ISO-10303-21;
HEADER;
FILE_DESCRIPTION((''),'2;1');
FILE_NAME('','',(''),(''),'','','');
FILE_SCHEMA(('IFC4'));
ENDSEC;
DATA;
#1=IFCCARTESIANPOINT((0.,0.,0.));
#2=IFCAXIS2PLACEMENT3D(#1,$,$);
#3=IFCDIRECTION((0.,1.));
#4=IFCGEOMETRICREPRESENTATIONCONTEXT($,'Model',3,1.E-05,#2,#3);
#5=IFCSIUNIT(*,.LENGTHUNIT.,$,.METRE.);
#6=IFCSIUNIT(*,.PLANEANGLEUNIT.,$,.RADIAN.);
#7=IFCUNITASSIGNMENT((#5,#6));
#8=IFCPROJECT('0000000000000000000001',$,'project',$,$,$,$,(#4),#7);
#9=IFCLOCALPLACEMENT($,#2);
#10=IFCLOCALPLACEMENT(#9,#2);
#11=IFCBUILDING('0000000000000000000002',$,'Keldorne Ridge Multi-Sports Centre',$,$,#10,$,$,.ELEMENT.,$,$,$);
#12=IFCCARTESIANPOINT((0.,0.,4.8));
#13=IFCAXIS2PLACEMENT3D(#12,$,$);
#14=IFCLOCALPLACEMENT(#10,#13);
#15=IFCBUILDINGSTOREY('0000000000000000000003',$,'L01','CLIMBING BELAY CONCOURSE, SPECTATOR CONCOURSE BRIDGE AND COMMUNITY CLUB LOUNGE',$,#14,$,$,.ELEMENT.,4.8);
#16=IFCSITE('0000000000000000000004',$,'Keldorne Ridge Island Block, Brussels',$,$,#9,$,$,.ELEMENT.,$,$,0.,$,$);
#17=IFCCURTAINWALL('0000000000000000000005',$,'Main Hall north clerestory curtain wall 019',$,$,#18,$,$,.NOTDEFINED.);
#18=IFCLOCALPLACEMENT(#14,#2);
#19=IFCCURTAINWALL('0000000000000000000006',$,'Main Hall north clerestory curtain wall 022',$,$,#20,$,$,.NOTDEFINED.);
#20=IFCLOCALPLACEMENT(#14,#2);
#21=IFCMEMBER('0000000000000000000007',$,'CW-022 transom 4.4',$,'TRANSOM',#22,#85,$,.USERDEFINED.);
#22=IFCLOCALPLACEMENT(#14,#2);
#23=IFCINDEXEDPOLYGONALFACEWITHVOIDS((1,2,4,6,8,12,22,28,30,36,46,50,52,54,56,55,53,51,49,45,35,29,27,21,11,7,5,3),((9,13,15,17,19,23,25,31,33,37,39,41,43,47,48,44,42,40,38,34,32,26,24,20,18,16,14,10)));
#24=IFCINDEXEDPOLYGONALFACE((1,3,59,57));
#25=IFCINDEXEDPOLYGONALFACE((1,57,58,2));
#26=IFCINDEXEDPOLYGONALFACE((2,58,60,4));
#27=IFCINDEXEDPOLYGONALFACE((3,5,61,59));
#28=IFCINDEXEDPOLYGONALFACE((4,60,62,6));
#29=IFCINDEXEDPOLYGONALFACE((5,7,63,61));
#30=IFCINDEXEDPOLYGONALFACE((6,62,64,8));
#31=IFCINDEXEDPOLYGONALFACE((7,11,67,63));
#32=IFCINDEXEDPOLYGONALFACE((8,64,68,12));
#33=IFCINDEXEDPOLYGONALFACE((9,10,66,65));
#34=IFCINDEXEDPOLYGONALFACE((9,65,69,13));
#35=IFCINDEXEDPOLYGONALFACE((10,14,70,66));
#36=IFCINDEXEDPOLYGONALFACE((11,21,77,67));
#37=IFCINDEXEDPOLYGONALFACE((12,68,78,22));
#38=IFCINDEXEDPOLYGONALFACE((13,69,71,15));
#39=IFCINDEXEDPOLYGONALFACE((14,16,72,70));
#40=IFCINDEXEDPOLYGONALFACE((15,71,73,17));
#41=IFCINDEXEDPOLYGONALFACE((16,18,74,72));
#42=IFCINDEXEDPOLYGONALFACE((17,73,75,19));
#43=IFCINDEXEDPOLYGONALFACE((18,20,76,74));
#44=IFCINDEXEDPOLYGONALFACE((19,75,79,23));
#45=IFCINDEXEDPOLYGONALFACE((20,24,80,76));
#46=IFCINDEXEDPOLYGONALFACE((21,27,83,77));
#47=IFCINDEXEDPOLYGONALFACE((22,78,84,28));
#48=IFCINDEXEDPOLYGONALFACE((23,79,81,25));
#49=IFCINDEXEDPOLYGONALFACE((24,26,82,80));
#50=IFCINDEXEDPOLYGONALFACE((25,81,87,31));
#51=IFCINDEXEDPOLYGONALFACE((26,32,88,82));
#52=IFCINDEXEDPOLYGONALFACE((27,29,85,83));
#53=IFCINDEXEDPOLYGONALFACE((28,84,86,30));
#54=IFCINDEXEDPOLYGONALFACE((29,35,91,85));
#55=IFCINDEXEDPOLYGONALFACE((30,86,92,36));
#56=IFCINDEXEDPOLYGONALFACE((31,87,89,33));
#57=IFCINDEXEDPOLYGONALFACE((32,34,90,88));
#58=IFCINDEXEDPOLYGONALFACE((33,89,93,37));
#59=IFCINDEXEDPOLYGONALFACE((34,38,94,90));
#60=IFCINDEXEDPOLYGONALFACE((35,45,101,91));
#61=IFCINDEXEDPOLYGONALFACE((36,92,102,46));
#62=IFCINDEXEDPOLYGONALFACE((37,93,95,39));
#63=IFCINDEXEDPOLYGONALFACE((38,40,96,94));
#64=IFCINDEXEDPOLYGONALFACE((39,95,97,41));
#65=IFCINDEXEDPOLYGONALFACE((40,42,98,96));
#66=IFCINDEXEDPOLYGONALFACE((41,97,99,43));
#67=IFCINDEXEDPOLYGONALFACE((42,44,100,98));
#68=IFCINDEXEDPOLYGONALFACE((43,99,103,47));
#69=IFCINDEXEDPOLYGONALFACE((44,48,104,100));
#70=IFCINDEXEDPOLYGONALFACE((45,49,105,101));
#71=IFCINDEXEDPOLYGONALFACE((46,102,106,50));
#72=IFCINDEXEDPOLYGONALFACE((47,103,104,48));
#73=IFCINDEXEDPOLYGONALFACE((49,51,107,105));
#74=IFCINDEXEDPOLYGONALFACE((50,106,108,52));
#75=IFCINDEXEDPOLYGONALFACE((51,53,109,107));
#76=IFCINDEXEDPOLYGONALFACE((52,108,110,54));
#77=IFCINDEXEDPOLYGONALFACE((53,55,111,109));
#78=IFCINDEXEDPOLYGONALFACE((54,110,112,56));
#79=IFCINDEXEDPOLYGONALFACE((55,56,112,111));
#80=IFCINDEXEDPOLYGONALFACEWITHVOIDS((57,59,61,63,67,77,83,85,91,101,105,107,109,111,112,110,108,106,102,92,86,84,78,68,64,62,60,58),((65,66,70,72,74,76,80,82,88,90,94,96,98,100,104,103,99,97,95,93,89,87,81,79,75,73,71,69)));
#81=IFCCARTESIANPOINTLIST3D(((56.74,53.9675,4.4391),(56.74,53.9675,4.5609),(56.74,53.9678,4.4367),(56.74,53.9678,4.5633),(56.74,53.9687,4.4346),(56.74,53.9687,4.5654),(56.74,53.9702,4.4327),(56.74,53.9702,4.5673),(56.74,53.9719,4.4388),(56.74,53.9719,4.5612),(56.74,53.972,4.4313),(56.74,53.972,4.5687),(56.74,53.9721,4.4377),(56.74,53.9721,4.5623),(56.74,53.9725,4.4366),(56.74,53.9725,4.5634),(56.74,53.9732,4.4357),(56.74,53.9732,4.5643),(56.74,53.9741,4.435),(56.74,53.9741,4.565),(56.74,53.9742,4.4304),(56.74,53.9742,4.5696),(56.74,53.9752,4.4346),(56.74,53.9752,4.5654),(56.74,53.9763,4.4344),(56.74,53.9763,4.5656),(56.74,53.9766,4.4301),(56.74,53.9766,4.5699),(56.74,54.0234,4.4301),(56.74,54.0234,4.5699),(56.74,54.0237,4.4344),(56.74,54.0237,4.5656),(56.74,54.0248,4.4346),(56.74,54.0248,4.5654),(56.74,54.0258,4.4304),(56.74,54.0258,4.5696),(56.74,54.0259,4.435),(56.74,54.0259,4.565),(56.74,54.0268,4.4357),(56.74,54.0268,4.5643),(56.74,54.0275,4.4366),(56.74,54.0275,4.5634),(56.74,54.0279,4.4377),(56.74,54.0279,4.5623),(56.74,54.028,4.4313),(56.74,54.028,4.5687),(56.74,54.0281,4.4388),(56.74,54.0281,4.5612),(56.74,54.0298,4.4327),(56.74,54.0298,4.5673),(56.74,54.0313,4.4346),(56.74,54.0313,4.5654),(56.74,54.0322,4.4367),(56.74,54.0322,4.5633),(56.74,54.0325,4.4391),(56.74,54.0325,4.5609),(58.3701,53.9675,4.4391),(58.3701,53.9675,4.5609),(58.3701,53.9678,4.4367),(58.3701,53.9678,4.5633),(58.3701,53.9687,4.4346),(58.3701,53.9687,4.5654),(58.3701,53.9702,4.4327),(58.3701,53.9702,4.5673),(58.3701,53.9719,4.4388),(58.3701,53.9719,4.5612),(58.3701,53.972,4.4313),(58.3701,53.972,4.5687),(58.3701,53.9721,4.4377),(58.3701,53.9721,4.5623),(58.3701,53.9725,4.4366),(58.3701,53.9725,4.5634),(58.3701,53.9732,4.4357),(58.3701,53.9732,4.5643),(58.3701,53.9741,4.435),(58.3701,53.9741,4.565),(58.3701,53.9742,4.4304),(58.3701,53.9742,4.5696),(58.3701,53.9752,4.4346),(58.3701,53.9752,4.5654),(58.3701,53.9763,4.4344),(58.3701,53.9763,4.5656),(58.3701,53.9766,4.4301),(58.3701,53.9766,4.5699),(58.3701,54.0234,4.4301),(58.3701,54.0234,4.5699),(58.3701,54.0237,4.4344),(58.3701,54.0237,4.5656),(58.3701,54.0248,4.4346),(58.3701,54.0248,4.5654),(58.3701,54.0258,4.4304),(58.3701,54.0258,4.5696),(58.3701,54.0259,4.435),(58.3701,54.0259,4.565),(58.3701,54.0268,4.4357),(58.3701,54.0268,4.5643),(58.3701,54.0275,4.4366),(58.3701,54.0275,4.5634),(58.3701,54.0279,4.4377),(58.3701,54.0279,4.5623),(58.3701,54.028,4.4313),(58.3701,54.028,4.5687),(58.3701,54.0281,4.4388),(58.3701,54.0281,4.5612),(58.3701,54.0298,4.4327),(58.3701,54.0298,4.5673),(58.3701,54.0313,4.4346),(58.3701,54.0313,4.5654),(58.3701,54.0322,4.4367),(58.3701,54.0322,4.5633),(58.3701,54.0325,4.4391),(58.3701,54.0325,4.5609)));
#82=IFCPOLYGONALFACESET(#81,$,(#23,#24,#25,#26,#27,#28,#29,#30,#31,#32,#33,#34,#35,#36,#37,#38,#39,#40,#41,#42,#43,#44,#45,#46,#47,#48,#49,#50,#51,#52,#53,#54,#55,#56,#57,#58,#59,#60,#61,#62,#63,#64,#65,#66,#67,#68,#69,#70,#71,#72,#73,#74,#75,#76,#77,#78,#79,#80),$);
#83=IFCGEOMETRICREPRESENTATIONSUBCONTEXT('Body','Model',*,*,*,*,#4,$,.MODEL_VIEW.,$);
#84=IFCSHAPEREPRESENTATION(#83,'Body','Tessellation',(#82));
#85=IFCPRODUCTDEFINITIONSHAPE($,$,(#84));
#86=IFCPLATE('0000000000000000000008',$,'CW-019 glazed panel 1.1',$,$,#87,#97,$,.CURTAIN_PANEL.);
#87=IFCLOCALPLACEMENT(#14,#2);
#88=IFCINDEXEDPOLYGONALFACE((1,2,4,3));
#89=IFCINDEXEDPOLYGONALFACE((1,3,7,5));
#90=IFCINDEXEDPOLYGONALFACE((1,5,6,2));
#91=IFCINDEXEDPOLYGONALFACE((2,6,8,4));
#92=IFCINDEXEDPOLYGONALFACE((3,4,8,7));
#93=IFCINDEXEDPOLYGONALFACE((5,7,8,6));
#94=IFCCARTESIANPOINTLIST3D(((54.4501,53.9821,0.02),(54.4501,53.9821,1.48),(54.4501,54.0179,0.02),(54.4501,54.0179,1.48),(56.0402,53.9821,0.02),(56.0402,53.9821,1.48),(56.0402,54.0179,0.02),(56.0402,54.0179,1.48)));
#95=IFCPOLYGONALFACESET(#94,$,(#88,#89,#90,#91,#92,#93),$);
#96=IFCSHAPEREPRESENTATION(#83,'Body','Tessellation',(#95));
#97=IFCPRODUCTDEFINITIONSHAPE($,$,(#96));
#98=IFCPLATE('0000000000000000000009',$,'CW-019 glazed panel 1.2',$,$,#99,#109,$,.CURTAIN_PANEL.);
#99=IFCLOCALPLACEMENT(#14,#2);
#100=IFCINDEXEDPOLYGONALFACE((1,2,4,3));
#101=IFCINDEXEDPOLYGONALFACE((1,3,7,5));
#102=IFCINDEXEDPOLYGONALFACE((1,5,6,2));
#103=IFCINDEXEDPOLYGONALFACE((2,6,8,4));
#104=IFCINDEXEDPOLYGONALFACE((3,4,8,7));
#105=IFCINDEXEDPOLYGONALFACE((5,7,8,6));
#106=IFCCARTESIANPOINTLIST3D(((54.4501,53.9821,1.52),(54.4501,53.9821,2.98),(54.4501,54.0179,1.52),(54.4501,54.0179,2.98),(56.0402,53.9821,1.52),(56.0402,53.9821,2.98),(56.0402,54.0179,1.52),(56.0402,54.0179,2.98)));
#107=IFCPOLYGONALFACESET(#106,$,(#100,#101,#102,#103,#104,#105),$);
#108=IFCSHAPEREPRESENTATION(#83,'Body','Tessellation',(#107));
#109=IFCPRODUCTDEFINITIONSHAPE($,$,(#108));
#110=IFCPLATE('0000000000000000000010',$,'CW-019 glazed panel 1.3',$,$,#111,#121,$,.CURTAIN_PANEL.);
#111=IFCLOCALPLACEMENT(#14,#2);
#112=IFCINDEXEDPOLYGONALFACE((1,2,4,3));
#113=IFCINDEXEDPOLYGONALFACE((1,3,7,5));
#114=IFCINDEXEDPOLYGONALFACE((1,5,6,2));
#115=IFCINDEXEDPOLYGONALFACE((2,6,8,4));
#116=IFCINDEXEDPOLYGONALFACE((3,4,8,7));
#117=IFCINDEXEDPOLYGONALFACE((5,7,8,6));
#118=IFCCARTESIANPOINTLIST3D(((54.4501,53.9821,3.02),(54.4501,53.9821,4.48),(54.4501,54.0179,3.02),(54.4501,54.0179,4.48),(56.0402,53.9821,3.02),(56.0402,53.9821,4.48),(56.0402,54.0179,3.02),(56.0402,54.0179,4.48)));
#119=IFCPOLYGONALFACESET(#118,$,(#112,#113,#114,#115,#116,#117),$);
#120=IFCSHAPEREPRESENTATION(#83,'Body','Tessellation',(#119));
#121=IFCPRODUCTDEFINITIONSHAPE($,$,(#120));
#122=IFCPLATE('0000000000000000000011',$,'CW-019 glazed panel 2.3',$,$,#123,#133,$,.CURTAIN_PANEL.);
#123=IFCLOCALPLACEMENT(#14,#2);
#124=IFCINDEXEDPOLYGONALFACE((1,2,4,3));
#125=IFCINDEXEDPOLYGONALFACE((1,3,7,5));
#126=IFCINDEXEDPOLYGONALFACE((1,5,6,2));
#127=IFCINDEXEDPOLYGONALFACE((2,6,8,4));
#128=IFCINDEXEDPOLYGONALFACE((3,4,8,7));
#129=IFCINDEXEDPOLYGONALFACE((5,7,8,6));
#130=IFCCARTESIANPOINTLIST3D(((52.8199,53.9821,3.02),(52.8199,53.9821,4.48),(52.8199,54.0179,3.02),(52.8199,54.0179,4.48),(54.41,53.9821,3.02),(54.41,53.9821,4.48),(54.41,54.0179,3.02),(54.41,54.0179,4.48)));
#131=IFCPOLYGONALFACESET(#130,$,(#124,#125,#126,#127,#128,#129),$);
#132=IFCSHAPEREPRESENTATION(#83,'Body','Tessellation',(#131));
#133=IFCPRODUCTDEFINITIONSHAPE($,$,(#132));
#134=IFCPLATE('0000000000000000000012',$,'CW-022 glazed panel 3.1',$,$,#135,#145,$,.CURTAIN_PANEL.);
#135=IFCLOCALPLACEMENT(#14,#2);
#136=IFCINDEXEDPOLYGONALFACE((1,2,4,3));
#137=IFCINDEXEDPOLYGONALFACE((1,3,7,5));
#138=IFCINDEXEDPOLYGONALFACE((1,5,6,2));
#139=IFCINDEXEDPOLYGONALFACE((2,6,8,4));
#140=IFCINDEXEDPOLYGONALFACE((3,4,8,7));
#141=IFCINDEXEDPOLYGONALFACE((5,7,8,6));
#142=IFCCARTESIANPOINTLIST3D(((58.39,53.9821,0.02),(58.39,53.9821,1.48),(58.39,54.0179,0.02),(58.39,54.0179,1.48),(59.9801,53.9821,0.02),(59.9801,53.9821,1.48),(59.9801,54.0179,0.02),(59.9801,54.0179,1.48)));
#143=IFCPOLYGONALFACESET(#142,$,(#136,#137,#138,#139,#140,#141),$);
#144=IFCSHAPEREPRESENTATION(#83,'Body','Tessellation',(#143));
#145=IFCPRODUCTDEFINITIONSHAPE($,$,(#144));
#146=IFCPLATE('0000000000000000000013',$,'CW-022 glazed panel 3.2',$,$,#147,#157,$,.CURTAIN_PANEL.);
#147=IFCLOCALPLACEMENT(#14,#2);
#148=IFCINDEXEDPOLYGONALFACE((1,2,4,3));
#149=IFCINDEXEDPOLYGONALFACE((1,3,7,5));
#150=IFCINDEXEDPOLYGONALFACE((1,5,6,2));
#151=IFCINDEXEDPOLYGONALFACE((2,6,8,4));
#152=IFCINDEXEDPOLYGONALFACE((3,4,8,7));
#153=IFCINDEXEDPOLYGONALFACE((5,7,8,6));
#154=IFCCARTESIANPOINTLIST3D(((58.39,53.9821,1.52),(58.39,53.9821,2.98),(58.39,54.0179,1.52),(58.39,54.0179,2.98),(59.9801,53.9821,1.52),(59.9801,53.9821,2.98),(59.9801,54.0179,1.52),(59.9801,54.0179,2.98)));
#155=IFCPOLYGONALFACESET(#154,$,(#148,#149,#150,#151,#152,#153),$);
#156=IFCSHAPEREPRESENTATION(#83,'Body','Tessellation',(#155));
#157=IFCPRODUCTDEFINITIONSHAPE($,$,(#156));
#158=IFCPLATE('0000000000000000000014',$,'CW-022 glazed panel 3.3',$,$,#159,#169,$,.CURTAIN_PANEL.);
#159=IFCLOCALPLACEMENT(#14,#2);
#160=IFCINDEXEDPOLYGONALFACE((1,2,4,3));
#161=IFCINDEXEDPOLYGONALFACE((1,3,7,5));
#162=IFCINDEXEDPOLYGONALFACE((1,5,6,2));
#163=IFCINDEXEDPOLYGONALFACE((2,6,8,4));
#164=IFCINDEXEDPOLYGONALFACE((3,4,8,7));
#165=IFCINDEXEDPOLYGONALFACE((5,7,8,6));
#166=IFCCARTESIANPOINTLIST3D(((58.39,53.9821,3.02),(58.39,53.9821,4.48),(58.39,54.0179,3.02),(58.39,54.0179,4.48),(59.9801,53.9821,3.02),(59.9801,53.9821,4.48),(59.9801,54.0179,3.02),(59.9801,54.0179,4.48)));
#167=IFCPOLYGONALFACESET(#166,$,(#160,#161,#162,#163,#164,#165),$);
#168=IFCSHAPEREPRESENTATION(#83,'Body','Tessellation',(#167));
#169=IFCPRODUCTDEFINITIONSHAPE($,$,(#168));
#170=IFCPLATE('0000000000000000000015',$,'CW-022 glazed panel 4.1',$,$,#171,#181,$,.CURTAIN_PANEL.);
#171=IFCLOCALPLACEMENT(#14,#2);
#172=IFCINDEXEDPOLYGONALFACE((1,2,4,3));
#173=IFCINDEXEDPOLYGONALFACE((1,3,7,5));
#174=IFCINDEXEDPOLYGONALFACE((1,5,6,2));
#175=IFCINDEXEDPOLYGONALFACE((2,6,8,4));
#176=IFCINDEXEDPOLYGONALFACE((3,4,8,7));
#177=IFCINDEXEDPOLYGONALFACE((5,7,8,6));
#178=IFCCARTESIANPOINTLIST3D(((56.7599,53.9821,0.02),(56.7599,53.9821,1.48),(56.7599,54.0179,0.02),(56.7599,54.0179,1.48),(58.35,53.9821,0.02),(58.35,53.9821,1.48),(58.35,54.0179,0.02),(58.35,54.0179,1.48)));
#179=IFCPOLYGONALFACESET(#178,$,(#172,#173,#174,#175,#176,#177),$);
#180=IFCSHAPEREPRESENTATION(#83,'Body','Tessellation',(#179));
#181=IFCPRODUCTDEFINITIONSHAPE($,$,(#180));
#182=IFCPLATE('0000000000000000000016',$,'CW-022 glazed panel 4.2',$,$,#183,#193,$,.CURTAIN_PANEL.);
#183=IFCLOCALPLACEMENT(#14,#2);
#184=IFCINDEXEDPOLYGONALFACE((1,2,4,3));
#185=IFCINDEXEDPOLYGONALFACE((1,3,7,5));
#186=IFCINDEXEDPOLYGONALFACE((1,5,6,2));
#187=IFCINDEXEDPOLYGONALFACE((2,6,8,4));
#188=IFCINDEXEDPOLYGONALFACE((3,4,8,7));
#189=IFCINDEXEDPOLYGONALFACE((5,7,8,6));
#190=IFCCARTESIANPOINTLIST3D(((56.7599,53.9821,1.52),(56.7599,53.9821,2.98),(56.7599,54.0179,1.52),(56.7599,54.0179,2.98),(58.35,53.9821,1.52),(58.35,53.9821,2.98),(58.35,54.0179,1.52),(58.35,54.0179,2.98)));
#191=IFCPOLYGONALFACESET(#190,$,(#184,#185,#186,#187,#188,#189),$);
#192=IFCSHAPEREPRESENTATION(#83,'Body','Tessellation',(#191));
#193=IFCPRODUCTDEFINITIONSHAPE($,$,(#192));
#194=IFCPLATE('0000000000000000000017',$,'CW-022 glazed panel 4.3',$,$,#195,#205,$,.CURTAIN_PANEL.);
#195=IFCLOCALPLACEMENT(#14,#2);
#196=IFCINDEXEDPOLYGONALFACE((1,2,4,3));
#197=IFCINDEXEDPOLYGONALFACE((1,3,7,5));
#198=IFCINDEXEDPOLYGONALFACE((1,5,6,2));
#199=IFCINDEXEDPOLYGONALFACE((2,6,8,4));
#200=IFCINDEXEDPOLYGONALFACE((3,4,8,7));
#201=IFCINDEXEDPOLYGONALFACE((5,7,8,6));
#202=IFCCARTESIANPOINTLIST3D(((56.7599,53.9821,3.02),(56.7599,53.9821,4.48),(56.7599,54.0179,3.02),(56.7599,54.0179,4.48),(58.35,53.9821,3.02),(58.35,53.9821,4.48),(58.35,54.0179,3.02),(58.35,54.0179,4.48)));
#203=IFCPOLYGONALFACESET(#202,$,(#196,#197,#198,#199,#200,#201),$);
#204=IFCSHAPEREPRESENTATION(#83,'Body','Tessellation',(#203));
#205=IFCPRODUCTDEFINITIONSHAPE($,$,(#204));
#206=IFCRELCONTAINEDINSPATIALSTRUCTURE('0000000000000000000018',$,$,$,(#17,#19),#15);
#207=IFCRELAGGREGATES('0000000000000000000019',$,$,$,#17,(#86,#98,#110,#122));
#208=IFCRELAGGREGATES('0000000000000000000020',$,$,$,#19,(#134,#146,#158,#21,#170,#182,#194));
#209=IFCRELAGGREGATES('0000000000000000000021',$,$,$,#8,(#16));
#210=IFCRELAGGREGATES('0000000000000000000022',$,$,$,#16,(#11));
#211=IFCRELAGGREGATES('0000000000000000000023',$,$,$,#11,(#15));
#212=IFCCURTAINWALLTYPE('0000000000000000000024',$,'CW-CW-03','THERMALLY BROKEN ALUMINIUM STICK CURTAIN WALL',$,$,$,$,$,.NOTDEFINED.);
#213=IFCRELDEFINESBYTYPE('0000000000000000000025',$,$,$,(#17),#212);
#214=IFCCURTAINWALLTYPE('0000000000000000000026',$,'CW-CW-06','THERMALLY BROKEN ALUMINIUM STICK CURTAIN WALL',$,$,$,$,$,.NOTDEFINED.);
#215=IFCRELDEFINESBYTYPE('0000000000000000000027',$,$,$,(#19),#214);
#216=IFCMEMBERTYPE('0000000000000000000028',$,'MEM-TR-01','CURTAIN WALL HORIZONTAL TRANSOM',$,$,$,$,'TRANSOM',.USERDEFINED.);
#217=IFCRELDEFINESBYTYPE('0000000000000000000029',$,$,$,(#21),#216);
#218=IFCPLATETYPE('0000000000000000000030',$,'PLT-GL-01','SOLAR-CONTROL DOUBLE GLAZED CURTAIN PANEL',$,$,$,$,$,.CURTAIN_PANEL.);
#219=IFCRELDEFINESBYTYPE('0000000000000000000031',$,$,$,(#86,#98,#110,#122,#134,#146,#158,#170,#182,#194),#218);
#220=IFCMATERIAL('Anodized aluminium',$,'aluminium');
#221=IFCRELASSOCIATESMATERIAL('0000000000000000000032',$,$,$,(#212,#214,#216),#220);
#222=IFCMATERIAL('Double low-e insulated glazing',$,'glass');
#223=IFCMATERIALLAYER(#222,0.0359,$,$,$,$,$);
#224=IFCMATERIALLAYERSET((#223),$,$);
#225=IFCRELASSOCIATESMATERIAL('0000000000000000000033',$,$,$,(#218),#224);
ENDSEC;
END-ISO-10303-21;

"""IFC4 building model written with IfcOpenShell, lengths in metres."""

from ifc_helpers import new_model, si_unit, direction, frame, origin, origin_2d, place, context, subcontext, project, spatial, rectangle, hollow_rectangle, extrude, material, layer, layer_set, material_profile, profile_set, type_object, element, aggregate, save


model = new_model("IFC4")

# Units and contexts
model_context = context("Model", 3, precision=1e-05, world=origin(), true_north=direction((0.0, 1.0)))
body_context = subcontext(model_context, "Body", "Model", "MODEL_VIEW")
ifc_project = project(units=[si_unit("LENGTHUNIT", "METRE"), si_unit("PLANEANGLEUNIT", "RADIAN")], contexts=[model_context])

# Site, building, storey
site_placement = place(None, origin())
site = spatial("IfcSite", under=ifc_project, at=site_placement, Name="Keldorne Ridge Island Block, Brussels", CompositionType="ELEMENT", RefElevation=0.0)
building_placement = place(site_placement, origin())
building = spatial("IfcBuilding", under=site, at=building_placement, Name="Keldorne Ridge Multi-Sports Centre", CompositionType="ELEMENT")
storey_placement = place(building_placement, frame((0.0, 0.0, 4.8)))
storey = spatial("IfcBuildingStorey", under=building, at=storey_placement, Name="L01", Description="CLIMBING BELAY CONCOURSE, SPECTATOR CONCOURSE BRIDGE AND COMMUNITY CLUB LOUNGE", CompositionType="ELEMENT", Elevation=4.8)

# Curtain walls
ifc_material_1 = material(Name="Anodized aluminium", Category="aluminium")
curtain_wall_type_1 = type_object("IfcCurtainWallType", Name="CW-CW-03", Description="THERMALLY BROKEN ALUMINIUM STICK CURTAIN WALL", PredefinedType="NOTDEFINED", material=ifc_material_1)
curtain_wall_1_placement = place(storey_placement, origin())
curtain_wall_1 = element("IfcCurtainWall", 1, at=curtain_wall_1_placement, inside=storey, type_object=curtain_wall_type_1, Name="Main Hall north clerestory curtain wall 019", PredefinedType="NOTDEFINED")
curtain_wall_type_2 = type_object("IfcCurtainWallType", Name="CW-CW-06", Description="THERMALLY BROKEN ALUMINIUM STICK CURTAIN WALL", PredefinedType="NOTDEFINED", material=ifc_material_1)
curtain_wall_2_placement = place(storey_placement, origin())
curtain_wall_2 = element("IfcCurtainWall", 2, at=curtain_wall_2_placement, inside=storey, type_object=curtain_wall_type_2, Name="Main Hall north clerestory curtain wall 022", PredefinedType="NOTDEFINED")

# Member
ifc_material_profile_1 = material_profile(ifc_material_1, hollow_rectangle(XDim=0.0649, YDim=0.1399, WallThickness=0.0044, InnerFilletRadius=0.0044, OuterFilletRadius=0.009, at=origin_2d()), Name="ALU TRANSOM 140x65x4.5")
ifc_profile_set_1 = profile_set([ifc_material_profile_1], Name="Anodized aluminium")
member_type_1 = type_object("IfcMemberType", Name="MEM-TR-01", Description="CURTAIN WALL HORIZONTAL TRANSOM", ElementType="TRANSOM", PredefinedType="USERDEFINED", material=ifc_profile_set_1)
member_1_placement = place(storey_placement, frame((58.3701, 54.0, 4.5), z_axis=(-1.0, 0.0, 0.0), x_axis=(0.0, -1.0, 0.0)))
member_1 = element("IfcMember", 3, at=member_1_placement, type_object=member_type_1, Name="CW-022 transom 4.4", ObjectType="TRANSOM", PredefinedType="USERDEFINED", context=body_context, shape_type="SweptSolid", body=[
    extrude(hollow_rectangle(XDim=0.0649, YDim=0.1399, WallThickness=0.0044, InnerFilletRadius=0.0044, OuterFilletRadius=0.009, at=origin_2d()), origin(), (0.0, 0.0, 1.0), 1.6301),
])

# Plates
ifc_material_2 = material(Name="Double low-e insulated glazing", Category="glass")
ifc_layer = layer(ifc_material_2, 0.0359)
ifc_layer_set = layer_set([ifc_layer])
plate_type = type_object("IfcPlateType", Name="PLT-GL-01", Description="SOLAR-CONTROL DOUBLE GLAZED CURTAIN PANEL", PredefinedType="CURTAIN_PANEL", material=ifc_layer_set)
plate_1_placement = place(storey_placement, frame((55.2451, 54.0, 0.02), z_axis=(0.0, 0.0, 1.0), x_axis=(-1.0, 0.0, 0.0)))
plate_1 = element("IfcPlate", 4, at=plate_1_placement, type_object=plate_type, Name="CW-019 glazed panel 1.1", PredefinedType="CURTAIN_PANEL", context=body_context, shape_type="SweptSolid", body=[
    extrude(rectangle(XDim=1.5901, YDim=0.0359, at=origin_2d()), origin(), (0.0, 0.0, 1.0), 1.46),
])
plate_2_placement = place(storey_placement, frame((55.2451, 54.0, 1.52), z_axis=(0.0, 0.0, 1.0), x_axis=(-1.0, 0.0, 0.0)))
plate_2 = element("IfcPlate", 5, at=plate_2_placement, type_object=plate_type, Name="CW-019 glazed panel 1.2", PredefinedType="CURTAIN_PANEL", context=body_context, shape_type="SweptSolid", body=[
    extrude(rectangle(XDim=1.5901, YDim=0.0359, at=origin_2d()), origin(), (0.0, 0.0, 1.0), 1.46),
])
plate_3_placement = place(storey_placement, frame((55.2451, 54.0, 3.02), z_axis=(0.0, 0.0, 1.0), x_axis=(-1.0, 0.0, 0.0)))
plate_3 = element("IfcPlate", 6, at=plate_3_placement, type_object=plate_type, Name="CW-019 glazed panel 1.3", PredefinedType="CURTAIN_PANEL", context=body_context, shape_type="SweptSolid", body=[
    extrude(rectangle(XDim=1.5901, YDim=0.0359, at=origin_2d()), origin(), (0.0, 0.0, 1.0), 1.46),
])
plate_4_placement = place(storey_placement, frame((53.615, 54.0, 3.02), z_axis=(0.0, 0.0, 1.0), x_axis=(-1.0, 0.0, 0.0)))
plate_4 = element("IfcPlate", 7, at=plate_4_placement, type_object=plate_type, Name="CW-019 glazed panel 2.3", PredefinedType="CURTAIN_PANEL", context=body_context, shape_type="SweptSolid", body=[
    extrude(rectangle(XDim=1.5901, YDim=0.0359, at=origin_2d()), origin(), (0.0, 0.0, 1.0), 1.46),
])
aggregate(curtain_wall_1, [plate_1, plate_2, plate_3, plate_4])
plate_5_placement = place(storey_placement, frame((59.1851, 54.0, 0.02), z_axis=(0.0, 0.0, 1.0), x_axis=(-1.0, 0.0, 0.0)))
plate_5 = element("IfcPlate", 8, at=plate_5_placement, type_object=plate_type, Name="CW-022 glazed panel 3.1", PredefinedType="CURTAIN_PANEL", context=body_context, shape_type="SweptSolid", body=[
    extrude(rectangle(XDim=1.5901, YDim=0.0359, at=origin_2d()), origin(), (0.0, 0.0, 1.0), 1.46),
])
plate_6_placement = place(storey_placement, frame((59.1851, 54.0, 1.52), z_axis=(0.0, 0.0, 1.0), x_axis=(-1.0, 0.0, 0.0)))
plate_6 = element("IfcPlate", 9, at=plate_6_placement, type_object=plate_type, Name="CW-022 glazed panel 3.2", PredefinedType="CURTAIN_PANEL", context=body_context, shape_type="SweptSolid", body=[
    extrude(rectangle(XDim=1.5901, YDim=0.0359, at=origin_2d()), origin(), (0.0, 0.0, 1.0), 1.46),
])
plate_7_placement = place(storey_placement, frame((59.1851, 54.0, 3.02), z_axis=(0.0, 0.0, 1.0), x_axis=(-1.0, 0.0, 0.0)))
plate_7 = element("IfcPlate", 10, at=plate_7_placement, type_object=plate_type, Name="CW-022 glazed panel 3.3", PredefinedType="CURTAIN_PANEL", context=body_context, shape_type="SweptSolid", body=[
    extrude(rectangle(XDim=1.5901, YDim=0.0359, at=origin_2d()), origin(), (0.0, 0.0, 1.0), 1.46),
])
plate_8_placement = place(storey_placement, frame((57.5549, 54.0, 0.02), z_axis=(0.0, 0.0, 1.0), x_axis=(-1.0, 0.0, 0.0)))
plate_8 = element("IfcPlate", 11, at=plate_8_placement, type_object=plate_type, Name="CW-022 glazed panel 4.1", PredefinedType="CURTAIN_PANEL", context=body_context, shape_type="SweptSolid", body=[
    extrude(rectangle(XDim=1.5901, YDim=0.0359, at=origin_2d()), origin(), (0.0, 0.0, 1.0), 1.46),
])
plate_9_placement = place(storey_placement, frame((57.5549, 54.0, 1.52), z_axis=(0.0, 0.0, 1.0), x_axis=(-1.0, 0.0, 0.0)))
plate_9 = element("IfcPlate", 12, at=plate_9_placement, type_object=plate_type, Name="CW-022 glazed panel 4.2", PredefinedType="CURTAIN_PANEL", context=body_context, shape_type="SweptSolid", body=[
    extrude(rectangle(XDim=1.5901, YDim=0.0359, at=origin_2d()), origin(), (0.0, 0.0, 1.0), 1.46),
])
plate_10_placement = place(storey_placement, frame((57.5549, 54.0, 3.02), z_axis=(0.0, 0.0, 1.0), x_axis=(-1.0, 0.0, 0.0)))
plate_10 = element("IfcPlate", 13, at=plate_10_placement, type_object=plate_type, Name="CW-022 glazed panel 4.3", PredefinedType="CURTAIN_PANEL", context=body_context, shape_type="SweptSolid", body=[
    extrude(rectangle(XDim=1.5901, YDim=0.0359, at=origin_2d()), origin(), (0.0, 0.0, 1.0), 1.46),
])
aggregate(curtain_wall_2, [plate_5, plate_6, plate_7, member_1, plate_8, plate_9, plate_10])

save(model, "model.ifc")
